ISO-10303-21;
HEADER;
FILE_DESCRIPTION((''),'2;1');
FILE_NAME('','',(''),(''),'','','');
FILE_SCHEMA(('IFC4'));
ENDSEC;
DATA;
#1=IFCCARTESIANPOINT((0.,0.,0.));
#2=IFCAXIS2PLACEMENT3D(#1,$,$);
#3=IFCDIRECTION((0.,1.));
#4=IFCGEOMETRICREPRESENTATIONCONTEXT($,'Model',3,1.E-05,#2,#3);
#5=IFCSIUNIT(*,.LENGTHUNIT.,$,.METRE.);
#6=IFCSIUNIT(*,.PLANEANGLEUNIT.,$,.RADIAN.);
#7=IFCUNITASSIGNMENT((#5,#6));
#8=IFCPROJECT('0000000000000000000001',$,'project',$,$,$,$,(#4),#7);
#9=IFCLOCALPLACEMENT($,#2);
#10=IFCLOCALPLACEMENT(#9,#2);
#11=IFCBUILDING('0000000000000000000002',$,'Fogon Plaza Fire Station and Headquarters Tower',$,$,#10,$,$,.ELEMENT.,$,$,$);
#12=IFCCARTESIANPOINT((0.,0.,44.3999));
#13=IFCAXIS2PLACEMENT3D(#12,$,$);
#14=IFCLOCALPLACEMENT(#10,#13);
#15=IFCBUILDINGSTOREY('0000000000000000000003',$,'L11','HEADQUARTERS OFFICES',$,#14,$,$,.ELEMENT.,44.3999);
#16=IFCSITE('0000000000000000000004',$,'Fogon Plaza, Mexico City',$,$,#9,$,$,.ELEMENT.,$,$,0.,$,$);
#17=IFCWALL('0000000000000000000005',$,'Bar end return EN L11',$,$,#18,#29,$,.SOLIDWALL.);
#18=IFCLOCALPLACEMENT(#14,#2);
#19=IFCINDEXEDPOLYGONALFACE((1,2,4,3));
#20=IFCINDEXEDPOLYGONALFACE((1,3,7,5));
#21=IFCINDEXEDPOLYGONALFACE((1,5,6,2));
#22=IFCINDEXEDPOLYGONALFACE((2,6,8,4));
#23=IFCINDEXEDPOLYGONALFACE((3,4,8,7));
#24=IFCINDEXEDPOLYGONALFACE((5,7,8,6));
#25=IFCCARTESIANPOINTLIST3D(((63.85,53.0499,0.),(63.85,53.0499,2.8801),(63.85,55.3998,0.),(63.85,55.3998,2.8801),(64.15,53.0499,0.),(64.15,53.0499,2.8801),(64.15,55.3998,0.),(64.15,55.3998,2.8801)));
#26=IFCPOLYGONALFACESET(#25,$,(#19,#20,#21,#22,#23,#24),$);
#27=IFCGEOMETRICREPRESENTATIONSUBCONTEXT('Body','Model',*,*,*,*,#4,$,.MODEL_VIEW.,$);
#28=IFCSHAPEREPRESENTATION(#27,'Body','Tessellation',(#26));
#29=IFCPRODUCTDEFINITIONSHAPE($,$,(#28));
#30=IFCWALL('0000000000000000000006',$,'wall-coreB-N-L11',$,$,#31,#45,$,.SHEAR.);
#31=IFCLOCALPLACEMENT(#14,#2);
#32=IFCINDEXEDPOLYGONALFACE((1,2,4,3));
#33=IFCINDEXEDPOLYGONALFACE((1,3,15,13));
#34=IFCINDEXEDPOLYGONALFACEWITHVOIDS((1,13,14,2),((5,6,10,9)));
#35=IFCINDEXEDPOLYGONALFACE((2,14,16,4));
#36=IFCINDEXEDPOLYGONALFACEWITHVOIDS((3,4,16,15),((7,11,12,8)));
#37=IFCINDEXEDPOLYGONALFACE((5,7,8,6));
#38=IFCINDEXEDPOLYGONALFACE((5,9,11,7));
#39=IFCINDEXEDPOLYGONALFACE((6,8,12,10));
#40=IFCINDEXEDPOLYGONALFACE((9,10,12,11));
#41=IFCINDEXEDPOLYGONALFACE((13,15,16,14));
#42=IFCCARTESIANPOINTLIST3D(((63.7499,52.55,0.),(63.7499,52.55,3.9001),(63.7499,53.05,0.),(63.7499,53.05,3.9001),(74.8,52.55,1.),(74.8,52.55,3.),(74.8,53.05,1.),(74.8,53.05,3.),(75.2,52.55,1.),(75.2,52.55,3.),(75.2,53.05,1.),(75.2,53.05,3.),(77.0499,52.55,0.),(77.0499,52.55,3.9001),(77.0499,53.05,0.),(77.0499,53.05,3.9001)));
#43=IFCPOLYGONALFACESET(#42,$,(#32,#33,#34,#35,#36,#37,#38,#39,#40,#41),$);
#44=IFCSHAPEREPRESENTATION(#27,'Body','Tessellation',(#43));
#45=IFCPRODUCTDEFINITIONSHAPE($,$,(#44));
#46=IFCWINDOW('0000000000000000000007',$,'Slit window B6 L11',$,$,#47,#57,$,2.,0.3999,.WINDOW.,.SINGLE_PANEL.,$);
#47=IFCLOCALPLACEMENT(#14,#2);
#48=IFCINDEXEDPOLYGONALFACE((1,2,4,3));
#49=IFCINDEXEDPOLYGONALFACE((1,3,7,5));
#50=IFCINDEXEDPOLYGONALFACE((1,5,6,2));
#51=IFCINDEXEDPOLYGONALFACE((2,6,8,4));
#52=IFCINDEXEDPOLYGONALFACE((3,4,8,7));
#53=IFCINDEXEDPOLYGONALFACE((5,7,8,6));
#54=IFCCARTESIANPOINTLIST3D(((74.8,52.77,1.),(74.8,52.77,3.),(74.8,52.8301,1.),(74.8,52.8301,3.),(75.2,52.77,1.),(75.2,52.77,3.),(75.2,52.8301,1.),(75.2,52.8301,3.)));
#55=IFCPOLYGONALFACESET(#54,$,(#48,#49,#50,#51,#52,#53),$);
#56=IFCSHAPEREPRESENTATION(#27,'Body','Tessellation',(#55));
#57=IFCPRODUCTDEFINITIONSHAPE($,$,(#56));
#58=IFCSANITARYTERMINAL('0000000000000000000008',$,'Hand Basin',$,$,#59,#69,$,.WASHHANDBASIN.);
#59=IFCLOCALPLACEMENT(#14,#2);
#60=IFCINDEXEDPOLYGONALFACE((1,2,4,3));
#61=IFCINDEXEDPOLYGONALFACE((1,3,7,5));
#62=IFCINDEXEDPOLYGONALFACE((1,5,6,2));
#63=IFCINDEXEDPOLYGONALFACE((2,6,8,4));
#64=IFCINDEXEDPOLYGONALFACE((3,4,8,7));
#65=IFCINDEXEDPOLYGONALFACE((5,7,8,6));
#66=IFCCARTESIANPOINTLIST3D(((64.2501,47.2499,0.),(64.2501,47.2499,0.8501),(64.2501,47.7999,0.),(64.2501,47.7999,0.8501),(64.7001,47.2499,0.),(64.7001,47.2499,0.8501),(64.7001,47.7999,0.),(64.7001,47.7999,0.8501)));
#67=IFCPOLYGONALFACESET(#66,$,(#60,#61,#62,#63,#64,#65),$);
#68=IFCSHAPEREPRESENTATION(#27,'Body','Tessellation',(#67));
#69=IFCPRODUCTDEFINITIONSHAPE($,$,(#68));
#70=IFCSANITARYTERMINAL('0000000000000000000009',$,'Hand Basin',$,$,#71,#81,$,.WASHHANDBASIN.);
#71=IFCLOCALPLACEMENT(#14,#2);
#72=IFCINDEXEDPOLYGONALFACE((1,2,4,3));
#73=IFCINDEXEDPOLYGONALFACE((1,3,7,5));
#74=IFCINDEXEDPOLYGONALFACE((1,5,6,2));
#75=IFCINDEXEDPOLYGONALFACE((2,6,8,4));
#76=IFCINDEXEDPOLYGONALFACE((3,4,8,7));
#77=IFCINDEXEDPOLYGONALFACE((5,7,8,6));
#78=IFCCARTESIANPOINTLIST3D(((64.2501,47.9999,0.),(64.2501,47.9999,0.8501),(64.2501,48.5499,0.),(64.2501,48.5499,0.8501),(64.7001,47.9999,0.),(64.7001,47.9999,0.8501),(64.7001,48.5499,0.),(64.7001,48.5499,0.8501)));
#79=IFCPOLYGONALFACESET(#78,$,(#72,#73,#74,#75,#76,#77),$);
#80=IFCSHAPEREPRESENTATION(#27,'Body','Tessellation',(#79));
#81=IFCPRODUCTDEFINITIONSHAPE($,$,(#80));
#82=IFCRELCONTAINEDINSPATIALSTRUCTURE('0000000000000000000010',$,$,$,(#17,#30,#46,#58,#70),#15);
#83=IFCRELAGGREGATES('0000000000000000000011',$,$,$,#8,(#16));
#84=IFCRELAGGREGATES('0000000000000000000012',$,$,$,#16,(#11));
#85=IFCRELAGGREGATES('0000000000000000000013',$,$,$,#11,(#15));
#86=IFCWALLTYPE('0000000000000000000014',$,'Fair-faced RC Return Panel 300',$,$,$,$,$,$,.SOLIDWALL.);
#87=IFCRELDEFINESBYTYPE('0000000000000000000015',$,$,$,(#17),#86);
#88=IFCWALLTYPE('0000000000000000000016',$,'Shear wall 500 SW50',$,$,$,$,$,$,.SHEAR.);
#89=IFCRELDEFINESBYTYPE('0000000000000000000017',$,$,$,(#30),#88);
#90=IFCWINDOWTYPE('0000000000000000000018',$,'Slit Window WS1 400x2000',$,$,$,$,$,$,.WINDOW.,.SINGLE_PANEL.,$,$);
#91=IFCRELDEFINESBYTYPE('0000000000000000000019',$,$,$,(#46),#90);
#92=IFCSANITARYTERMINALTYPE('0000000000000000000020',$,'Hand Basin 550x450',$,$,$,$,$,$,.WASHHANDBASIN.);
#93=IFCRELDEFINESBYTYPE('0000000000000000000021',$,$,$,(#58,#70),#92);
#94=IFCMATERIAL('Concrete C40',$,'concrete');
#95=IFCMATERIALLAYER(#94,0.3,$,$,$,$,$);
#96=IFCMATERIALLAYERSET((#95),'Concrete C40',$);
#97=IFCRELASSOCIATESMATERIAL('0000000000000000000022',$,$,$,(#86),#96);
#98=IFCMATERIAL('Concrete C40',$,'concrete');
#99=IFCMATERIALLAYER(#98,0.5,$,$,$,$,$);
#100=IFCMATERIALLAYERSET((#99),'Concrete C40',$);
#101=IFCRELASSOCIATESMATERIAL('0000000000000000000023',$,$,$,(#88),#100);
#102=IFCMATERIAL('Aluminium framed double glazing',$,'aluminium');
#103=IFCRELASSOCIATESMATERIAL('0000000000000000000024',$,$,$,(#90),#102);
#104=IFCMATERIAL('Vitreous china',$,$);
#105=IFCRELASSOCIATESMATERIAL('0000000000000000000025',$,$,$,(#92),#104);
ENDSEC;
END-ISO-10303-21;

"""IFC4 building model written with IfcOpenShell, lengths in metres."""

from ifc_helpers import new_model, si_unit, direction, frame, frame_2d, origin, origin_2d, place, context, subcontext, project, spatial, rectangle, extrude, material, layer, layer_set, type_object, element, fill, save


model = new_model("IFC4")

# Units and contexts
model_context = context("Model", 3, precision=1e-05, world=origin(), true_north=direction((0.0, 1.0)))
body_context = subcontext(model_context, "Body", "Model", "MODEL_VIEW")
ifc_project = project(units=[si_unit("LENGTHUNIT", "METRE"), si_unit("PLANEANGLEUNIT", "RADIAN")], contexts=[model_context])

# Site, building, storey
site_placement = place(None, origin())
site = spatial("IfcSite", under=ifc_project, at=site_placement, Name="Fogon Plaza, Mexico City", CompositionType="ELEMENT", RefElevation=0.0)
building_placement = place(site_placement, origin())
building = spatial("IfcBuilding", under=site, at=building_placement, Name="Fogon Plaza Fire Station and Headquarters Tower", CompositionType="ELEMENT")
storey_placement = place(building_placement, frame((0.0, 0.0, 44.3999)))
storey = spatial("IfcBuildingStorey", under=building, at=storey_placement, Name="L11", Description="HEADQUARTERS OFFICES", CompositionType="ELEMENT", Elevation=44.3999)

# Wall
ifc_material_1 = material(Name="Concrete C40", Category="concrete")
ifc_layer_1 = layer(ifc_material_1, 0.3)
ifc_layer_set_1 = layer_set([ifc_layer_1], Name="Concrete C40")
wall_type_1 = type_object("IfcWallType", Name="Fair-faced RC Return Panel 300", PredefinedType="SOLIDWALL", material=ifc_layer_set_1)
wall_1_placement = place(storey_placement, frame((64.0, 53.05, 0.0), z_axis=(0.0, 0.0, 1.0), x_axis=(0.0, 1.0, 0.0)))
element("IfcWall", 1, at=wall_1_placement, inside=storey, type_object=wall_type_1, Name="Bar end return EN L11", PredefinedType="SOLIDWALL", context=body_context, shape_type="SweptSolid", body=[
    extrude(rectangle(XDim=2.3499, YDim=0.3, at=frame_2d((1.1748, 0.0))), origin(), (0.0, 0.0, 1.0), 2.8801),
])

# Wall, opening, window
ifc_material_2 = material(Name="Concrete C40", Category="concrete")
ifc_layer_2 = layer(ifc_material_2, 0.5)
ifc_layer_set_2 = layer_set([ifc_layer_2], Name="Concrete C40")
wall_type_2 = type_object("IfcWallType", Name="Shear wall 500 SW50", PredefinedType="SHEAR", material=ifc_layer_set_2)
wall_2_placement = place(storey_placement, frame((63.75, 52.8, 0.0), z_axis=(0.0, 0.0, 1.0), x_axis=(1.0, 0.0, 0.0)))
wall_2 = element("IfcWall", 2, at=wall_2_placement, inside=storey, type_object=wall_type_2, Name="wall-coreB-N-L11", PredefinedType="SHEAR", context=body_context, shape_type="SweptSolid", body=[
    extrude(rectangle(XDim=13.3, YDim=0.5, at=frame_2d((6.6499, 0.0))), origin(), (0.0, 0.0, 1.0), 3.9001),
])
opening_placement = place(wall_2_placement, frame((11.05, 0.0, 1.0)))
opening = element("IfcOpeningElement", 3, at=opening_placement, cuts=wall_2, PredefinedType="OPENING", context=body_context, shape_type="SweptSolid", body=[
    extrude(rectangle(XDim=0.3999, YDim=2.0, at=frame_2d((0.2, 1.0))), frame((0.0, 0.26, 0.0), z_axis=(0.0, -1.0, 0.0), x_axis=(1.0, 0.0, 0.0)), (0.0, 0.0, 1.0), 0.52),
])
ifc_material_3 = material(Name="Aluminium framed double glazing", Category="aluminium")
window_type = type_object("IfcWindowType", Name="Slit Window WS1 400x2000", PartitioningType="SINGLE_PANEL", PredefinedType="WINDOW", material=ifc_material_3)
window_placement = place(opening_placement, origin())
window = element("IfcWindow", 4, at=window_placement, inside=storey, type_object=window_type, Name="Slit window B6 L11", OverallHeight=2.0, OverallWidth=0.3999, PartitioningType="SINGLE_PANEL", PredefinedType="WINDOW", context=body_context, shape_type="SweptSolid", body=[
    extrude(rectangle(XDim=0.3999, YDim=2.0, at=frame_2d((0.2, 1.0))), frame((0.0, 0.03, 0.0), z_axis=(0.0, -1.0, 0.0), x_axis=(1.0, 0.0, 0.0)), (0.0, 0.0, 1.0), 0.0601),
])
fill(opening, window)

# Sanitary terminals
ifc_material_4 = material(Name="Vitreous china")
sanitary_terminal_type = type_object("IfcSanitaryTerminalType", Name="Hand Basin 550x450", PredefinedType="WASHHANDBASIN", material=ifc_material_4)
for number, where, z_axis, x_axis, name in (
    (5, (64.4751, 47.5249, 0.0), (0.0, 0.0, 1.0), (1.0, 0.0, 0.0), "Hand Basin"),
    (6, (64.4751, 48.2749, 0.0), (0.0, 0.0, 1.0), (1.0, 0.0, 0.0), "Hand Basin"),
):
    element("IfcSanitaryTerminal", number, at=place(storey_placement, frame(where, z_axis=z_axis, x_axis=x_axis)), inside=storey, type_object=sanitary_terminal_type, Name=name, PredefinedType="WASHHANDBASIN", context=body_context, shape_type="SweptSolid", body=[
        extrude(rectangle(XDim=0.45, YDim=0.55, at=origin_2d()), origin(), (0.0, 0.0, 1.0), 0.8501),
    ])

save(model, "model.ifc")
